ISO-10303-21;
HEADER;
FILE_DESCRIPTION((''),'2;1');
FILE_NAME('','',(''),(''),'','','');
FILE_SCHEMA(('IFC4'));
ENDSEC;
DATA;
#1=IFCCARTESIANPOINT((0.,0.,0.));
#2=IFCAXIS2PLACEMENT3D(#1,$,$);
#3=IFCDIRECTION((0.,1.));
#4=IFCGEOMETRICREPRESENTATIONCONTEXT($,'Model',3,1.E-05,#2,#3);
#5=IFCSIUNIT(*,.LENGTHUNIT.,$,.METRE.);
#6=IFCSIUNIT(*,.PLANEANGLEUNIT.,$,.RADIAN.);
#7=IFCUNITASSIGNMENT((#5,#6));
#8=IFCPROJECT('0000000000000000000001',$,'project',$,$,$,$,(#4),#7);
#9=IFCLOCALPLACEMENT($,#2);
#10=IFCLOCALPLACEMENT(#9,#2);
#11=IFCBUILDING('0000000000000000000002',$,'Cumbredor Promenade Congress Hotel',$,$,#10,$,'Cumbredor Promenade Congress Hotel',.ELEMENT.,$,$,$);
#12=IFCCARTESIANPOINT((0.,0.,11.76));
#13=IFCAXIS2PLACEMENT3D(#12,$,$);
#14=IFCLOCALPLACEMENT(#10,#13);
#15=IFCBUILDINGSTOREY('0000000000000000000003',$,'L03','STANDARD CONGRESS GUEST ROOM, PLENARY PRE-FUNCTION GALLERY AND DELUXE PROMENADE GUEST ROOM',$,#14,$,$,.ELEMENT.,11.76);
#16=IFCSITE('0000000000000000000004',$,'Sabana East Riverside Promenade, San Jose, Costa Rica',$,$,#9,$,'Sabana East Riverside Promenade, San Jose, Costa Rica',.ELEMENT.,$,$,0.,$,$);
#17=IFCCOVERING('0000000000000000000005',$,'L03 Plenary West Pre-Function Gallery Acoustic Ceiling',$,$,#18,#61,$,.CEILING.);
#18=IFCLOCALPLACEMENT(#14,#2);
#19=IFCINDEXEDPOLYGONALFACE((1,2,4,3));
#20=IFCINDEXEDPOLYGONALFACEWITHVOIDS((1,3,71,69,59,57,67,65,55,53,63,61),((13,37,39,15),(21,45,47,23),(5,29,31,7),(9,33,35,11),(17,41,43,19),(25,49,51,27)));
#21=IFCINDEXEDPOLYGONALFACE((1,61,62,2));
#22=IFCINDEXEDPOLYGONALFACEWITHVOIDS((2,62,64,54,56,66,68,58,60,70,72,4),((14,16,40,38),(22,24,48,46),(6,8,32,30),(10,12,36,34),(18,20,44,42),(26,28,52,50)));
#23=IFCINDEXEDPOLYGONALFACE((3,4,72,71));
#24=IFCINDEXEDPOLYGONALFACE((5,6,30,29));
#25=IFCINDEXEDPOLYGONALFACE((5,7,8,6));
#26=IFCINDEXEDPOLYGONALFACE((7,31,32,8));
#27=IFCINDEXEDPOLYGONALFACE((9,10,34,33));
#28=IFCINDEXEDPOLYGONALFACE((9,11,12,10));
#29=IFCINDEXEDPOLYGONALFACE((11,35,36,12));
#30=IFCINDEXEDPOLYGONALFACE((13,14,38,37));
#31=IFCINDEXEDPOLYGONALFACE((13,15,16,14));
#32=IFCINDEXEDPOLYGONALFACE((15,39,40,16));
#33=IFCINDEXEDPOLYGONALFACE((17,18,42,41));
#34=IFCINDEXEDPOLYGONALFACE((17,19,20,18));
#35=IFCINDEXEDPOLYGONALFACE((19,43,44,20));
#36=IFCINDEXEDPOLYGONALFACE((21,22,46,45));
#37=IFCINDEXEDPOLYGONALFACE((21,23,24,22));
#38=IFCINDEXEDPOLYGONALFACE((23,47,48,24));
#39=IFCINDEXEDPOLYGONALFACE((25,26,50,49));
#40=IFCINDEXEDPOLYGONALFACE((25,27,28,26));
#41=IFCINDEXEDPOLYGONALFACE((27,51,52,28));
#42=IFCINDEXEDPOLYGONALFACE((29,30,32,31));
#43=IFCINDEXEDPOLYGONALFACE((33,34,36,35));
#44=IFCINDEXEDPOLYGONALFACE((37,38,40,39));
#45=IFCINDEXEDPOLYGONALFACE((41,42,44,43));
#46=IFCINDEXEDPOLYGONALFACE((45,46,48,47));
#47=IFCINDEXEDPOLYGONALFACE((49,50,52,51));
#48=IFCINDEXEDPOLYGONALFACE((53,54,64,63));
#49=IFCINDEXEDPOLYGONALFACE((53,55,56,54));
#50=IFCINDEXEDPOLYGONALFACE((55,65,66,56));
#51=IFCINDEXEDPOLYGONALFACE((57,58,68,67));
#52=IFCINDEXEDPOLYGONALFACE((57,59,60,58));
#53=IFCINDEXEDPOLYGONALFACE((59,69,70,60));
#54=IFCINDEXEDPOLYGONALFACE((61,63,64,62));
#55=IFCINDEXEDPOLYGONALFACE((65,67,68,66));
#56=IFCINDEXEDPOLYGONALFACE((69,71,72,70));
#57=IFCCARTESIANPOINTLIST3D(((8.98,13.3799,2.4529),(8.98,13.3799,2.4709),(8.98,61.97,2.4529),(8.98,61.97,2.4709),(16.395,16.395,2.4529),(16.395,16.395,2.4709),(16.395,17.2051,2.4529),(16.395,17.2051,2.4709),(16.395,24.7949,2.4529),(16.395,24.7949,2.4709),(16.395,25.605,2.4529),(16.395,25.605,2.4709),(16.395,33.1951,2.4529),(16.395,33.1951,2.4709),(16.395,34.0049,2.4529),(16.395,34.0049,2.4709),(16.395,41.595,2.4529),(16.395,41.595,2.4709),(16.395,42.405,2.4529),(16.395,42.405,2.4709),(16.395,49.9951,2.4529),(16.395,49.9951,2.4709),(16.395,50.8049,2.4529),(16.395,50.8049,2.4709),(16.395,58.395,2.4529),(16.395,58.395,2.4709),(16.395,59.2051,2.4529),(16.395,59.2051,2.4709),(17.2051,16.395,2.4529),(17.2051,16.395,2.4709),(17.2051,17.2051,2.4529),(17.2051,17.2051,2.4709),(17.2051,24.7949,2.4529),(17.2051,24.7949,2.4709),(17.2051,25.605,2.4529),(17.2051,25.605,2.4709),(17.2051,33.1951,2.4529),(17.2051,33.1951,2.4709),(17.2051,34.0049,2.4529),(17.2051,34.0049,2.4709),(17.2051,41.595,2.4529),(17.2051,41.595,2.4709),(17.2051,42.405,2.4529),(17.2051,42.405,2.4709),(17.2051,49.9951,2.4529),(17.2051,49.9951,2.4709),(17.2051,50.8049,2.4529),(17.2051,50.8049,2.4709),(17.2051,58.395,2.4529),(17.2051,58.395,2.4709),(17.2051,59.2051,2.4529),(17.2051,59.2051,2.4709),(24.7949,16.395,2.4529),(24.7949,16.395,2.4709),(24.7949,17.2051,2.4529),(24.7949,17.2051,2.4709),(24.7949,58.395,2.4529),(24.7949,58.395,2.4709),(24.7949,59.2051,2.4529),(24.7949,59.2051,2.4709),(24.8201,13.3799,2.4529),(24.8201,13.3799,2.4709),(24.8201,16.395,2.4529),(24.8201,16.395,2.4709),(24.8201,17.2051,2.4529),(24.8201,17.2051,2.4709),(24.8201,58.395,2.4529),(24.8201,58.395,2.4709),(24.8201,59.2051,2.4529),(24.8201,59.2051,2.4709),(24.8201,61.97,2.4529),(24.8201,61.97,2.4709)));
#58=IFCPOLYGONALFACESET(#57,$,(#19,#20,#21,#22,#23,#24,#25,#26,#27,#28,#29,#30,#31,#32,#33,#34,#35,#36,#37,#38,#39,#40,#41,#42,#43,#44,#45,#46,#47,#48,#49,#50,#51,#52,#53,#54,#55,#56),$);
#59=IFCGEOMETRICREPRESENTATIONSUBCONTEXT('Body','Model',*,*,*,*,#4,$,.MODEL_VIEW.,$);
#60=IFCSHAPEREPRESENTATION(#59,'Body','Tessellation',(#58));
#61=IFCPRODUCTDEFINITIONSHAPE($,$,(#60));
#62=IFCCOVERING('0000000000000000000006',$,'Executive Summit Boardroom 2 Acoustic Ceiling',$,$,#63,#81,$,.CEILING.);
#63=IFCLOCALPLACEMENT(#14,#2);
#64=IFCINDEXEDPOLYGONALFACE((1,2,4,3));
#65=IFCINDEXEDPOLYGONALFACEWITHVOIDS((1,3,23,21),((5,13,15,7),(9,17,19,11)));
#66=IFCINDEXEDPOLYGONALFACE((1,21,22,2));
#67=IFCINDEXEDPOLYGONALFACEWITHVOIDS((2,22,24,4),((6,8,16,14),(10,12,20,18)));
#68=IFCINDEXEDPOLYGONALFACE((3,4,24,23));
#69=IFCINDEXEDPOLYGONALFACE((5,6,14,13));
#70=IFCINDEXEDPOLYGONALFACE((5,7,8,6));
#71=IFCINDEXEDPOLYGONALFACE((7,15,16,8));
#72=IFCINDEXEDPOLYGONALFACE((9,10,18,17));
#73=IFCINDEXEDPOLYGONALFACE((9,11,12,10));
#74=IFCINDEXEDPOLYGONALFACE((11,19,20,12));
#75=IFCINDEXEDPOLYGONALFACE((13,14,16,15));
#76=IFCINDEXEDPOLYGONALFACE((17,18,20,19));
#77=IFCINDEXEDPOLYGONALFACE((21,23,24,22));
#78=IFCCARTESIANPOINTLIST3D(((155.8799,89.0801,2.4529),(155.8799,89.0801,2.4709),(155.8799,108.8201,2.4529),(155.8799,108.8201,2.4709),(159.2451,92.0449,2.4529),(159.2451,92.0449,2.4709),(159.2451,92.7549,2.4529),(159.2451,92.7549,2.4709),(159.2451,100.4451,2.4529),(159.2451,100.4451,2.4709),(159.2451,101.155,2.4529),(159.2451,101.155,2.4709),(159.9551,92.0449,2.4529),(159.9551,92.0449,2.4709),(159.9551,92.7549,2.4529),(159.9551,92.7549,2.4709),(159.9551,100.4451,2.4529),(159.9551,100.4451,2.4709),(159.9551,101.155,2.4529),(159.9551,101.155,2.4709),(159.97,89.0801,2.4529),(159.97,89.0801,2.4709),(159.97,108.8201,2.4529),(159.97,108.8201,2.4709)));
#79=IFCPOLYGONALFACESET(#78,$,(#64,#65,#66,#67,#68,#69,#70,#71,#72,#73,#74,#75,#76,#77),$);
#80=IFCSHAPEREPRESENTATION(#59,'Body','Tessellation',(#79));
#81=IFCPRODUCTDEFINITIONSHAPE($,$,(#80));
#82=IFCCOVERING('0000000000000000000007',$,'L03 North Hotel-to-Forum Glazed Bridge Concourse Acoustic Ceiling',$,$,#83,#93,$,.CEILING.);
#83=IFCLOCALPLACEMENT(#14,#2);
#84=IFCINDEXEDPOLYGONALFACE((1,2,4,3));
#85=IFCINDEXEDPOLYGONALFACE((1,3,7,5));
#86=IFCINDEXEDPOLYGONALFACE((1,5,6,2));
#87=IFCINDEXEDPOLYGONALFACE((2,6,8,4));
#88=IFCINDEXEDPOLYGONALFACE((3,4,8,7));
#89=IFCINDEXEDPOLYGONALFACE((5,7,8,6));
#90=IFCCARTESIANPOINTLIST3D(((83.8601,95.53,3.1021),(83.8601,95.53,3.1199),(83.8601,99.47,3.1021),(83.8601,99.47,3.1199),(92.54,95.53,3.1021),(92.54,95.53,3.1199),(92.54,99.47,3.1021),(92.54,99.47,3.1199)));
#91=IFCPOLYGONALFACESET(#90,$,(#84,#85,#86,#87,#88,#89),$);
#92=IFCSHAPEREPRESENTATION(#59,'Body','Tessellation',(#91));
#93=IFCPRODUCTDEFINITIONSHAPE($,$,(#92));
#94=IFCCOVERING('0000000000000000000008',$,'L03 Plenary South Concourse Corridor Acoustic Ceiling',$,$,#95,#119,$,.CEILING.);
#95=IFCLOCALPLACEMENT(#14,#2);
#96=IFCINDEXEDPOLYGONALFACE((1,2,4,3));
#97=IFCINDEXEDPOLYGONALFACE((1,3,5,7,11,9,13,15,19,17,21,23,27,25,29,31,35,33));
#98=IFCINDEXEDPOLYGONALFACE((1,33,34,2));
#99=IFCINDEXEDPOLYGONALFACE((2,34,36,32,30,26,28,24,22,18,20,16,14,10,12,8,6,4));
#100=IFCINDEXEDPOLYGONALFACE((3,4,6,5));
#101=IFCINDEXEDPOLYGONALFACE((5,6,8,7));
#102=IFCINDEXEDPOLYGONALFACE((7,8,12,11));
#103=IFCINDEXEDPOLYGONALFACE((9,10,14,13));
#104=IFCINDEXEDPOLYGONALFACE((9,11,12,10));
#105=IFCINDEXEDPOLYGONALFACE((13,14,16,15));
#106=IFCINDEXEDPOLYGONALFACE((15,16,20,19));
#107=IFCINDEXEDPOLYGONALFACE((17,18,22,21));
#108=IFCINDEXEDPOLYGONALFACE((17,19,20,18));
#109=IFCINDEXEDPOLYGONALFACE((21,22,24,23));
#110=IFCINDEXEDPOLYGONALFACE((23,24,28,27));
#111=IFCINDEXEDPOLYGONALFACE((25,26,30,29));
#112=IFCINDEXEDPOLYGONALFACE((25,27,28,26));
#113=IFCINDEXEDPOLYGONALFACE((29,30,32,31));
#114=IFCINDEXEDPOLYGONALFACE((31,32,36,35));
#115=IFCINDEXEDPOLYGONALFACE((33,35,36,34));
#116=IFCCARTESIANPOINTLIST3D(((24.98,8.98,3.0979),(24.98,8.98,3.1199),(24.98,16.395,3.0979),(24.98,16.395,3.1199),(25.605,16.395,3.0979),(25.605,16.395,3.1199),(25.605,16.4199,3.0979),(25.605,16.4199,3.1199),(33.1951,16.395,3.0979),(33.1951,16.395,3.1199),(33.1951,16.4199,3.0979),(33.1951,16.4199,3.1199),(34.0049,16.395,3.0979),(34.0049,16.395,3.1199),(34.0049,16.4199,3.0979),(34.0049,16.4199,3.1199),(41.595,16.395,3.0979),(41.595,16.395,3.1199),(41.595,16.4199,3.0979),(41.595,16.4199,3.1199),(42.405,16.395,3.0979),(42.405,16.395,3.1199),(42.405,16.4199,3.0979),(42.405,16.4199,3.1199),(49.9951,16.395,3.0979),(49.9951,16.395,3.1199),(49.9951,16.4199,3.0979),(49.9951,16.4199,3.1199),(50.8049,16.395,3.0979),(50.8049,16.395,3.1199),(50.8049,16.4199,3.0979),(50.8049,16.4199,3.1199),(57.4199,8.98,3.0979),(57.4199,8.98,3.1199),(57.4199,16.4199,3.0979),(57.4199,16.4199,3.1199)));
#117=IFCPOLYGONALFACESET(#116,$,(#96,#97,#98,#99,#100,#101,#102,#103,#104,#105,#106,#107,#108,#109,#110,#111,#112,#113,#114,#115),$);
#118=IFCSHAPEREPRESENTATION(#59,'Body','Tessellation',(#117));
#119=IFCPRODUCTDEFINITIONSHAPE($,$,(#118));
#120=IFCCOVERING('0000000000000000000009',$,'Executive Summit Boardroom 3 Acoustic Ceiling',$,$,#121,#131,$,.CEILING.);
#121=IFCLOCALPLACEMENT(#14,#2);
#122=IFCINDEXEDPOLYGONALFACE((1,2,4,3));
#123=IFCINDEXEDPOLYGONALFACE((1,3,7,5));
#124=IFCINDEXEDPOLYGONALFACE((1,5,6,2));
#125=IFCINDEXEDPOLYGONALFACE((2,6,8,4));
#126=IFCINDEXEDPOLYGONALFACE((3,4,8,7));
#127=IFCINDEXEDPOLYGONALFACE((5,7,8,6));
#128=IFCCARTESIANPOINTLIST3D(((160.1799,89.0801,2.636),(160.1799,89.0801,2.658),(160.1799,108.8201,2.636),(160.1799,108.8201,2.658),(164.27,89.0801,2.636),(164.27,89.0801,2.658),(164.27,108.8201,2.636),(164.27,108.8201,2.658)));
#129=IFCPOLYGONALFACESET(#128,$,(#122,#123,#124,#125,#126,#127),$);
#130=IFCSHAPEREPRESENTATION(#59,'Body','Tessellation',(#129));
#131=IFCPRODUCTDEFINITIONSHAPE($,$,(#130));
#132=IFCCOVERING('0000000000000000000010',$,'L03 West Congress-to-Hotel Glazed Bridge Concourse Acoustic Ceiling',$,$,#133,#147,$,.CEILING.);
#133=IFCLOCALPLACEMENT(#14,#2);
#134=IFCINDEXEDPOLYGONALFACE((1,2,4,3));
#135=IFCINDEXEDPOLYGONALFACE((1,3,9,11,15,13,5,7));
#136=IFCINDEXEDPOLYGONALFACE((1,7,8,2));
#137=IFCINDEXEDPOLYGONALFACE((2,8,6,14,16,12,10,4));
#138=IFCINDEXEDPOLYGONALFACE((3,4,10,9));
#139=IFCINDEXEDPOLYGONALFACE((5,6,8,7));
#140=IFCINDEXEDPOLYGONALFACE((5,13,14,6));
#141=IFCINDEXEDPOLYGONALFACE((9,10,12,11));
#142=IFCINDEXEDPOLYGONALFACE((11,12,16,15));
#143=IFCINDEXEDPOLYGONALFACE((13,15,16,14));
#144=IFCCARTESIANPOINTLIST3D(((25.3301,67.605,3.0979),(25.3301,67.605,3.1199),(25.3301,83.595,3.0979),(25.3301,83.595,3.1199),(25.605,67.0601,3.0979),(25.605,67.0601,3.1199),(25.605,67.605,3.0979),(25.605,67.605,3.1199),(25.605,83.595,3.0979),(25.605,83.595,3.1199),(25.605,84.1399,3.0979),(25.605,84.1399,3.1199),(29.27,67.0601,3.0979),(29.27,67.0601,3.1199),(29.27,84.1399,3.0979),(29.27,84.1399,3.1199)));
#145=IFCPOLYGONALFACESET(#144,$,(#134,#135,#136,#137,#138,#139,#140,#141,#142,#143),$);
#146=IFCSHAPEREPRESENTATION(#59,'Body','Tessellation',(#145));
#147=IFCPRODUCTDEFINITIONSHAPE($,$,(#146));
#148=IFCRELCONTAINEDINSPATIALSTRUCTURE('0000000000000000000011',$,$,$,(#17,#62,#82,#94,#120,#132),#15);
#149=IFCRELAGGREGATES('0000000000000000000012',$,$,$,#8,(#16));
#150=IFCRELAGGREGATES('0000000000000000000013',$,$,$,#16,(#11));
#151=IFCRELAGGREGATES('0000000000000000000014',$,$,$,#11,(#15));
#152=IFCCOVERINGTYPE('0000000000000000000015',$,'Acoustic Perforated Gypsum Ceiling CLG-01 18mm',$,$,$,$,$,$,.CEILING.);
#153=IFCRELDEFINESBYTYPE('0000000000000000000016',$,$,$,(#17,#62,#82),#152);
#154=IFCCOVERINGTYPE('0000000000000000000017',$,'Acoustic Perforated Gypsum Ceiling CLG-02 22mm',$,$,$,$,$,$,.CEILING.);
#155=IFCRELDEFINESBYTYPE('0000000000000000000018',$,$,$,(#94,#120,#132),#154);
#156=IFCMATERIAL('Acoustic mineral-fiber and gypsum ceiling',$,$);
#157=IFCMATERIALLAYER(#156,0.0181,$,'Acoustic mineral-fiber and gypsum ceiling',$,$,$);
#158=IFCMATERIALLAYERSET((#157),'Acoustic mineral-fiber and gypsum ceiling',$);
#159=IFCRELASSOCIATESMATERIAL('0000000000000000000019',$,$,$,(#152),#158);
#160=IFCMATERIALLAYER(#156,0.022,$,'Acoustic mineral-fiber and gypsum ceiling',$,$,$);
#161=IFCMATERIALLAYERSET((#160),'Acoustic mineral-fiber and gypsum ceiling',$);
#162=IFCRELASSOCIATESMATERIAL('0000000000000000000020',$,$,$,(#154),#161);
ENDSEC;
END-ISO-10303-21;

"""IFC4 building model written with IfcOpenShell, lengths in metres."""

from ifc_helpers import new_model, si_unit, direction, frame, origin, place, context, subcontext, project, spatial, polyline, outline, extrude, material, layer, layer_set, type_object, element, save


model = new_model("IFC4")

# Units and contexts
model_context = context("Model", 3, precision=1e-05, world=origin(), true_north=direction((0.0, 1.0)))
body_context = subcontext(model_context, "Body", "Model", "MODEL_VIEW")
ifc_project = project(units=[si_unit("LENGTHUNIT", "METRE"), si_unit("PLANEANGLEUNIT", "RADIAN")], contexts=[model_context])

# Site, building, storey
site_placement = place(None, origin())
site = spatial("IfcSite", under=ifc_project, at=site_placement, Name="Sabana East Riverside Promenade, San Jose, Costa Rica", LongName="Sabana East Riverside Promenade, San Jose, Costa Rica", CompositionType="ELEMENT", RefElevation=0.0)
building_placement = place(site_placement, origin())
building = spatial("IfcBuilding", under=site, at=building_placement, Name="Cumbredor Promenade Congress Hotel", LongName="Cumbredor Promenade Congress Hotel", CompositionType="ELEMENT")
storey_placement = place(building_placement, frame((0.0, 0.0, 11.76)))
storey = spatial("IfcBuildingStorey", under=building, at=storey_placement, Name="L03", Description="STANDARD CONGRESS GUEST ROOM, PLENARY PRE-FUNCTION GALLERY AND DELUXE PROMENADE GUEST ROOM", CompositionType="ELEMENT", Elevation=11.76)

# Coverings
ifc_material_1 = material(Name="Acoustic mineral-fiber and gypsum ceiling")
ifc_layer_1 = layer(ifc_material_1, 0.0181, Name="Acoustic mineral-fiber and gypsum ceiling")
ifc_layer_set_1 = layer_set([ifc_layer_1], Name="Acoustic mineral-fiber and gypsum ceiling")
covering_type_1 = type_object("IfcCoveringType", Name="Acoustic Perforated Gypsum Ceiling CLG-01 18mm", PredefinedType="CEILING", material=ifc_layer_set_1)
covering_1_placement = place(storey_placement, frame((0.0, 0.0, 2.4529)))
element("IfcCovering", 1, at=covering_1_placement, inside=storey, type_object=covering_type_1, Name="L03 Plenary West Pre-Function Gallery Acoustic Ceiling", PredefinedType="CEILING", context=body_context, shape_type="SweptSolid", body=[
    extrude(outline(polyline([(24.8201, 61.97), (24.8201, 59.2051), (24.7949, 59.2051), (24.7949, 58.395), (24.8201, 58.395), (24.8201, 17.2051), (24.7949, 17.2051), (24.7949, 16.395), (24.8201, 16.395), (24.8201, 13.3799), (8.98, 13.3799), (8.98, 61.97), (24.8201, 61.97)]), holes=[polyline([(17.2051, 16.395), (17.2051, 17.2051), (16.395, 17.2051), (16.395, 16.395), (17.2051, 16.395)]), polyline([(16.395, 24.7949), (17.2051, 24.7949), (17.2051, 25.605), (16.395, 25.605), (16.395, 24.7949)]), polyline([(16.395, 34.0049), (16.395, 33.1951), (17.2051, 33.1951), (17.2051, 34.0049), (16.395, 34.0049)]), polyline([(17.2051, 42.405), (16.395, 42.405), (16.395, 41.595), (17.2051, 41.595), (17.2051, 42.405)]), polyline([(17.2051, 49.9951), (17.2051, 50.8049), (16.395, 50.8049), (16.395, 49.9951), (17.2051, 49.9951)]), polyline([(16.395, 58.395), (17.2051, 58.395), (17.2051, 59.2051), (16.395, 59.2051), (16.395, 58.395)])]), origin(), (0.0, 0.0, 1.0), 0.0181),
])
covering_2_placement = place(storey_placement, frame((0.0, 0.0, 2.4529)))
element("IfcCovering", 2, at=covering_2_placement, inside=storey, type_object=covering_type_1, Name="Executive Summit Boardroom 2 Acoustic Ceiling", PredefinedType="CEILING", context=body_context, shape_type="SweptSolid", body=[
    extrude(outline(polyline([(155.8799, 89.0801), (155.8799, 108.8201), (159.97, 108.8201), (159.97, 89.0801), (155.8799, 89.0801)]), holes=[polyline([(159.2451, 92.7549), (159.2451, 92.0449), (159.9551, 92.0449), (159.9551, 92.7549), (159.2451, 92.7549)]), polyline([(159.9551, 101.155), (159.2451, 101.155), (159.2451, 100.4451), (159.9551, 100.4451), (159.9551, 101.155)])]), origin(), (0.0, 0.0, 1.0), 0.0181),
])
covering_3_placement = place(storey_placement, frame((0.0, 0.0, 3.1021)))
element("IfcCovering", 3, at=covering_3_placement, inside=storey, type_object=covering_type_1, Name="L03 North Hotel-to-Forum Glazed Bridge Concourse Acoustic Ceiling", PredefinedType="CEILING", context=body_context, shape_type="SweptSolid", body=[
    extrude(outline(polyline([(92.54, 99.47), (92.54, 95.53), (83.8601, 95.53), (83.8601, 99.47), (92.54, 99.47)])), origin(), (0.0, 0.0, 1.0), 0.0178),
])
ifc_layer_2 = layer(ifc_material_1, 0.022, Name="Acoustic mineral-fiber and gypsum ceiling")
ifc_layer_set_2 = layer_set([ifc_layer_2], Name="Acoustic mineral-fiber and gypsum ceiling")
covering_type_2 = type_object("IfcCoveringType", Name="Acoustic Perforated Gypsum Ceiling CLG-02 22mm", PredefinedType="CEILING", material=ifc_layer_set_2)
covering_4_placement = place(storey_placement, frame((0.0, 0.0, 3.0979)))
element("IfcCovering", 4, at=covering_4_placement, inside=storey, type_object=covering_type_2, Name="L03 Plenary South Concourse Corridor Acoustic Ceiling", PredefinedType="CEILING", context=body_context, shape_type="SweptSolid", body=[
    extrude(outline(polyline([(25.605, 16.395), (25.605, 16.4199), (33.1951, 16.4199), (33.1951, 16.395), (34.0049, 16.395), (34.0049, 16.4199), (41.595, 16.4199), (41.595, 16.395), (42.405, 16.395), (42.405, 16.4199), (49.9951, 16.4199), (49.9951, 16.395), (50.8049, 16.395), (50.8049, 16.4199), (57.4199, 16.4199), (57.4199, 8.98), (24.98, 8.98), (24.98, 16.395), (25.605, 16.395)])), origin(), (0.0, 0.0, 1.0), 0.022),
])
covering_5_placement = place(storey_placement, frame((0.0, 0.0, 2.636)))
element("IfcCovering", 5, at=covering_5_placement, inside=storey, type_object=covering_type_2, Name="Executive Summit Boardroom 3 Acoustic Ceiling", PredefinedType="CEILING", context=body_context, shape_type="SweptSolid", body=[
    extrude(outline(polyline([(164.27, 108.8201), (164.27, 89.0801), (160.1799, 89.0801), (160.1799, 108.8201), (164.27, 108.8201)])), origin(), (0.0, 0.0, 1.0), 0.022),
])
covering_6_placement = place(storey_placement, frame((0.0, 0.0, 3.0979)))
element("IfcCovering", 6, at=covering_6_placement, inside=storey, type_object=covering_type_2, Name="L03 West Congress-to-Hotel Glazed Bridge Concourse Acoustic Ceiling", PredefinedType="CEILING", context=body_context, shape_type="SweptSolid", body=[
    extrude(outline(polyline([(25.605, 67.0601), (25.605, 67.605), (25.3301, 67.605), (25.3301, 83.595), (25.605, 83.595), (25.605, 84.1399), (29.27, 84.1399), (29.27, 67.0601), (25.605, 67.0601)])), origin(), (0.0, 0.0, 1.0), 0.022),
])

save(model, "model.ifc")
